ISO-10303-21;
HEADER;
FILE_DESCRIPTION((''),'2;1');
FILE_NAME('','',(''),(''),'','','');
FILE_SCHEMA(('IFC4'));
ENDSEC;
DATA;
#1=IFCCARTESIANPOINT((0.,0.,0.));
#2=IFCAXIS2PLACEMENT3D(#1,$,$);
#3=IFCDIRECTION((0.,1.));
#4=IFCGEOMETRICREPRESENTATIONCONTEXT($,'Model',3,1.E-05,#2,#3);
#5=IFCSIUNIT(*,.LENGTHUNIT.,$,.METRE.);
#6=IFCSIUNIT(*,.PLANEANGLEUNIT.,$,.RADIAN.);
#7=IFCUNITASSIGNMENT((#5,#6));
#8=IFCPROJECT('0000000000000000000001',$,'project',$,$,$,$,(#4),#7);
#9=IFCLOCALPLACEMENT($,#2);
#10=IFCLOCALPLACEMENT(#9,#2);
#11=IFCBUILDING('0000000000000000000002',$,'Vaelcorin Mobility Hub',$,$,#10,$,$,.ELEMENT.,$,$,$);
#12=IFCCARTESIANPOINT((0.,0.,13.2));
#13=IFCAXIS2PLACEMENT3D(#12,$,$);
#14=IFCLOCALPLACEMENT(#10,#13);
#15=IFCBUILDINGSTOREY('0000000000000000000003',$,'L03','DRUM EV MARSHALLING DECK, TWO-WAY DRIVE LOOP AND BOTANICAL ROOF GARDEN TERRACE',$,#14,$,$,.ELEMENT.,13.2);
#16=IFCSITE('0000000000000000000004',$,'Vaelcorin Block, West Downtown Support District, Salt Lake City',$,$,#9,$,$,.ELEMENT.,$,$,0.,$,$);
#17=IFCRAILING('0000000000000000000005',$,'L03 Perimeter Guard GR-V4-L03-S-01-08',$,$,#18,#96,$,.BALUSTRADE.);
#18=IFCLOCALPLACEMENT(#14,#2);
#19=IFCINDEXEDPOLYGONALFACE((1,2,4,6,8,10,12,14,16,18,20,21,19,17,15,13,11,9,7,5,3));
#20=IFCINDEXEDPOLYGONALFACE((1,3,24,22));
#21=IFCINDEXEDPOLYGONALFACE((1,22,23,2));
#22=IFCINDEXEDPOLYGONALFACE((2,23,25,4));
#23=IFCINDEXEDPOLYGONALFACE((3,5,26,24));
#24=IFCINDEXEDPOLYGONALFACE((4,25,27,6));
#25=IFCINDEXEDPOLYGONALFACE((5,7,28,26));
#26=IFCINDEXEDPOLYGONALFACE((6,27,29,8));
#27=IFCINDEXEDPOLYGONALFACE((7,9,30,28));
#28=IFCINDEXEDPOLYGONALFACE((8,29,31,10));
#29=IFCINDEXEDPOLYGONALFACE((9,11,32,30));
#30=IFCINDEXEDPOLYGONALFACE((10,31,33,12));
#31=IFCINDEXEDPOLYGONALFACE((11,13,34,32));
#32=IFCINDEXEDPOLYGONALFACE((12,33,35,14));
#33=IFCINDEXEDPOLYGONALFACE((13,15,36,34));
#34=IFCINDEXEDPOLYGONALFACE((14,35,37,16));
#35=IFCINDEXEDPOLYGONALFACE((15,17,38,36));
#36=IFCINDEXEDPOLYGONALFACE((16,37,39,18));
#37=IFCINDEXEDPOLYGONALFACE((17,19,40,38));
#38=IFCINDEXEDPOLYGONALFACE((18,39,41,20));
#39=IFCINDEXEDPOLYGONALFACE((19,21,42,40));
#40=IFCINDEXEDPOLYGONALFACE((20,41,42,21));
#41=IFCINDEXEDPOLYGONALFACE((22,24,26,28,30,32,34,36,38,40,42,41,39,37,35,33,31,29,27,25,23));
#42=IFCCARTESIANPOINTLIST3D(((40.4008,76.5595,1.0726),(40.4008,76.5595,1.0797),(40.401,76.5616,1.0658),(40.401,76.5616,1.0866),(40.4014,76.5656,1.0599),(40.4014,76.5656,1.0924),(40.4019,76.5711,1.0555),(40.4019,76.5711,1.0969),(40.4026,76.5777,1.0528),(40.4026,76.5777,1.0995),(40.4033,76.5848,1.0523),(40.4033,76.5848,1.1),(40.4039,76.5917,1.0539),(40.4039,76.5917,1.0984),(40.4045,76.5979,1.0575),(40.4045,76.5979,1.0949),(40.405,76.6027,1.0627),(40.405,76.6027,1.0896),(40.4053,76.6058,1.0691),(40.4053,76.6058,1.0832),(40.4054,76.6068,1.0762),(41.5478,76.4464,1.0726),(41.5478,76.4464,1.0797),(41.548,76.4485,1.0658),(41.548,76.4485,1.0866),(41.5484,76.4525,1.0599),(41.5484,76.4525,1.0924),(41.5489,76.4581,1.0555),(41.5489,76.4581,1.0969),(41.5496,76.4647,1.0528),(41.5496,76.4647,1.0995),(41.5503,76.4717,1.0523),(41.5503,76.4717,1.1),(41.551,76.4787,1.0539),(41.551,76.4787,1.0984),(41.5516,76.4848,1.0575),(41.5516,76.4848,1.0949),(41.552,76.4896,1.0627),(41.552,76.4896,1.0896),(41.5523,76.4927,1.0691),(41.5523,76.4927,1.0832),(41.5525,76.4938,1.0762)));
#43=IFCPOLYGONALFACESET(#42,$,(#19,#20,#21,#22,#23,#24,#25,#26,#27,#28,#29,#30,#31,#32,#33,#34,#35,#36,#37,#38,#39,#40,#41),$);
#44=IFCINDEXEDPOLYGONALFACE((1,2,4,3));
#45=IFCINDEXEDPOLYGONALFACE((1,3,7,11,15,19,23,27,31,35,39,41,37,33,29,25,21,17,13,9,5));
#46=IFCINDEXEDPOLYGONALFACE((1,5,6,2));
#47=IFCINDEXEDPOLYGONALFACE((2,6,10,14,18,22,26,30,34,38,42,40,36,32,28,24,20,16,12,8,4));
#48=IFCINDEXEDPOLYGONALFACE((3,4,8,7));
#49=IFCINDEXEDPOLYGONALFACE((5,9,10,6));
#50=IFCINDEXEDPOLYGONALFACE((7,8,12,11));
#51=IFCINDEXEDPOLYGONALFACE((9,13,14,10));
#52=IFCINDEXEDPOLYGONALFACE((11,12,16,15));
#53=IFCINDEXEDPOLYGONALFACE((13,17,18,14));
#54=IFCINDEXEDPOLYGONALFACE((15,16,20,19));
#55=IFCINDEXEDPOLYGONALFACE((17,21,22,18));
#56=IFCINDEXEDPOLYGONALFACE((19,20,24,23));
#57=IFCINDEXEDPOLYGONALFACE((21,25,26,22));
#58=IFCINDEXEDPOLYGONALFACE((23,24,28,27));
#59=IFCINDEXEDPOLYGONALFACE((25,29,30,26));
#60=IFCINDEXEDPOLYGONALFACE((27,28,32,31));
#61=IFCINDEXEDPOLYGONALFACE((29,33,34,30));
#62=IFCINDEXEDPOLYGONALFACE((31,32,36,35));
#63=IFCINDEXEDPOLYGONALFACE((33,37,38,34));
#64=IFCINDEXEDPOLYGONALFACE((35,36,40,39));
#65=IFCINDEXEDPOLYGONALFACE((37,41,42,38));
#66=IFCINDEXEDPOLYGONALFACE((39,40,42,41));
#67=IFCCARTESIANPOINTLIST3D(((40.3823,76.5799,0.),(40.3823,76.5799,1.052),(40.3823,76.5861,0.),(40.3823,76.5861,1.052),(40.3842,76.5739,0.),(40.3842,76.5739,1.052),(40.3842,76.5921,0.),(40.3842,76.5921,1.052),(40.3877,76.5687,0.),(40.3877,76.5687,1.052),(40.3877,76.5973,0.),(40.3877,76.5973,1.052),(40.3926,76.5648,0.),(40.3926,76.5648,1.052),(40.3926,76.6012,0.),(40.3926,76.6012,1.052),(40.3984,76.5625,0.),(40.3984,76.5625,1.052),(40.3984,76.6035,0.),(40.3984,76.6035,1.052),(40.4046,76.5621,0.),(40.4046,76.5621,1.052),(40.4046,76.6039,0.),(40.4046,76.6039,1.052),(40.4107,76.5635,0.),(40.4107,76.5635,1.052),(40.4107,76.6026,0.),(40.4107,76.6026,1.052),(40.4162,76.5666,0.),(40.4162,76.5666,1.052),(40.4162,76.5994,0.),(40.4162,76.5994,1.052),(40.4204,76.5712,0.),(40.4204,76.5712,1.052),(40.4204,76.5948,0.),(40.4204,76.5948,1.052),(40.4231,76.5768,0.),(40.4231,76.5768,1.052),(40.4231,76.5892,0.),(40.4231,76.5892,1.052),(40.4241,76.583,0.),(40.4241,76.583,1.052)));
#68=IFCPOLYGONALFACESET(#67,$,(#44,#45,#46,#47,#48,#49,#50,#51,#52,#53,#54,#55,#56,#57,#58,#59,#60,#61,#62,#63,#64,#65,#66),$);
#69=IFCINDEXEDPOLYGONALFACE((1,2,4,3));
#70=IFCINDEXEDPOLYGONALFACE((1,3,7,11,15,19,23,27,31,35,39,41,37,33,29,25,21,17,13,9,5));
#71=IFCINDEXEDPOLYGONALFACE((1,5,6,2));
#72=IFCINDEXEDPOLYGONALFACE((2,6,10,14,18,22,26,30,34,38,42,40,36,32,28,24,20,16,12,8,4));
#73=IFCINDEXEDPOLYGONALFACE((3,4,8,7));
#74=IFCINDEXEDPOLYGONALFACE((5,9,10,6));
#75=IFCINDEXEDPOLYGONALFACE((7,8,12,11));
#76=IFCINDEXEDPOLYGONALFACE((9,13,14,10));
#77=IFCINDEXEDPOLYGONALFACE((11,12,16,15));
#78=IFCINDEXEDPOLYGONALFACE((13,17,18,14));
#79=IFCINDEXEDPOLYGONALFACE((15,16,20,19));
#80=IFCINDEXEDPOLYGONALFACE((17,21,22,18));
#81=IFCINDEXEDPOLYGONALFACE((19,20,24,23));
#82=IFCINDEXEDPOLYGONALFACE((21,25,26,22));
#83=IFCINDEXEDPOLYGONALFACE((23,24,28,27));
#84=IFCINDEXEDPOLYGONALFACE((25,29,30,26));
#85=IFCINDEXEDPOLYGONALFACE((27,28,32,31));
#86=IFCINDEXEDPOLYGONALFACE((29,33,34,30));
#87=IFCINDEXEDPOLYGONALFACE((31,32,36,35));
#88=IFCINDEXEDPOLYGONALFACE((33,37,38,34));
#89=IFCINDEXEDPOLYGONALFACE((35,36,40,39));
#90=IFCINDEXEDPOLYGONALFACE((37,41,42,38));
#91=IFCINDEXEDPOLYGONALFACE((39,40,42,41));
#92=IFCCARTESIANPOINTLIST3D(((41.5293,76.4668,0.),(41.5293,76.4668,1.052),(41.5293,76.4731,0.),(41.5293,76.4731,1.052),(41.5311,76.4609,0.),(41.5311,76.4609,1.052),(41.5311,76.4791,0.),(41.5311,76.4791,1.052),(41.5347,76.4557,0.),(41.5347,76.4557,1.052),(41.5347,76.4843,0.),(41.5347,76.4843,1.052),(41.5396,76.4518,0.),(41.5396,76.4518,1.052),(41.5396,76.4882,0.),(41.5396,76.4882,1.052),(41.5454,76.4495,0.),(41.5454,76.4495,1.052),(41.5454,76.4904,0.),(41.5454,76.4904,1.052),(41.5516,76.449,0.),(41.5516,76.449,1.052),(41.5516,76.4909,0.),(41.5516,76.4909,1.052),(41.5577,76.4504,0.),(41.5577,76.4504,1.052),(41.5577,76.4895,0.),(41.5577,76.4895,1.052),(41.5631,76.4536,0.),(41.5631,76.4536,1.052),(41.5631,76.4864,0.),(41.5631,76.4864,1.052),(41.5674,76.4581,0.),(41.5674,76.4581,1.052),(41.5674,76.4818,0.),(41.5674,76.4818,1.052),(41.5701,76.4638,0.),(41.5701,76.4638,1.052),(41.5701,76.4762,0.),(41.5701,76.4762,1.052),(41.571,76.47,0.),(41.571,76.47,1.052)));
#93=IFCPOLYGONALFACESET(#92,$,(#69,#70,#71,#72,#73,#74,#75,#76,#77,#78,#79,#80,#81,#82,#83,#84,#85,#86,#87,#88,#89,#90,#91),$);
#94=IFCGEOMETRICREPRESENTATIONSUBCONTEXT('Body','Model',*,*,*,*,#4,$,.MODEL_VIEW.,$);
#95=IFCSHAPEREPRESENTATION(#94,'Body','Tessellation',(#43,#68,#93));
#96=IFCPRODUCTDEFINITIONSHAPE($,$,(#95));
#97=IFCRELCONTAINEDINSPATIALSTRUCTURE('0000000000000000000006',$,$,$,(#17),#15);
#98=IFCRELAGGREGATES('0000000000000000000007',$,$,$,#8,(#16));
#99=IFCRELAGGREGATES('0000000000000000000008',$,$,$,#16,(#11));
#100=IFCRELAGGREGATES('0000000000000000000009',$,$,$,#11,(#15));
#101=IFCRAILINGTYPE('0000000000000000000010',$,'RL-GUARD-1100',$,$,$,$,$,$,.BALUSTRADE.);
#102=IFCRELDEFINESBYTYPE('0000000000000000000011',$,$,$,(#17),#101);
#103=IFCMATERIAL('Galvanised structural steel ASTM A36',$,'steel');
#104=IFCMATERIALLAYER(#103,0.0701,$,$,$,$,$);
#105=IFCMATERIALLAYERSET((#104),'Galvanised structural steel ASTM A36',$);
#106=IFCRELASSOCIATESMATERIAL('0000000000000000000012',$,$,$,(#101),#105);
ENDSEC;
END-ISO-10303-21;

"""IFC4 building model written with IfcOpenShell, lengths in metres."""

from ifc_helpers import new_model, si_unit, direction, frame, origin, origin_2d, place, context, subcontext, project, spatial, circle, extrude, material, layer, layer_set, type_object, element, save


model = new_model("IFC4")

# Units and contexts
model_context = context("Model", 3, precision=1e-05, world=origin(), true_north=direction((0.0, 1.0)))
body_context = subcontext(model_context, "Body", "Model", "MODEL_VIEW")
ifc_project = project(units=[si_unit("LENGTHUNIT", "METRE"), si_unit("PLANEANGLEUNIT", "RADIAN")], contexts=[model_context])

# Site, building, storey
site_placement = place(None, origin())
site = spatial("IfcSite", under=ifc_project, at=site_placement, Name="Vaelcorin Block, West Downtown Support District, Salt Lake City", CompositionType="ELEMENT", RefElevation=0.0)
building_placement = place(site_placement, origin())
building = spatial("IfcBuilding", under=site, at=building_placement, Name="Vaelcorin Mobility Hub", CompositionType="ELEMENT")
storey_placement = place(building_placement, frame((0.0, 0.0, 13.2)))
storey = spatial("IfcBuildingStorey", under=building, at=storey_placement, Name="L03", Description="DRUM EV MARSHALLING DECK, TWO-WAY DRIVE LOOP AND BOTANICAL ROOF GARDEN TERRACE", CompositionType="ELEMENT", Elevation=13.2)

# Railing
ifc_material_1 = material(Name="Galvanised structural steel ASTM A36", Category="steel")
ifc_layer = layer(ifc_material_1, 0.0701)
ifc_layer_set = layer_set([ifc_layer], Name="Galvanised structural steel ASTM A36")
railing_type = type_object("IfcRailingType", Name="RL-GUARD-1100", PredefinedType="BALUSTRADE", material=ifc_layer_set)
railing_1_placement = place(storey_placement, frame((40.4031, 76.583, 0.0)))
element("IfcRailing", 1, at=railing_1_placement, inside=storey, type_object=railing_type, Name="L03 Perimeter Guard GR-V4-L03-S-01-08", PredefinedType="BALUSTRADE", context=body_context, shape_type="SweptSolid", body=[
    extrude(circle(Radius=0.0239, at=origin_2d()), frame((0.0, 0.0, 1.0762), z_axis=(0.995179, -0.098077, 0.0), x_axis=(0.098077, 0.995179, 0.0)), (0.0, 0.0, 1.0), 1.1526),
    extrude(circle(Radius=0.021, at=origin_2d()), origin(), (0.0, 0.0, 1.0), 1.052),
    extrude(circle(Radius=0.021, at=origin_2d()), frame((1.147, -0.113, 0.0)), (0.0, 0.0, 1.0), 1.052),
])

save(model, "model.ifc")
